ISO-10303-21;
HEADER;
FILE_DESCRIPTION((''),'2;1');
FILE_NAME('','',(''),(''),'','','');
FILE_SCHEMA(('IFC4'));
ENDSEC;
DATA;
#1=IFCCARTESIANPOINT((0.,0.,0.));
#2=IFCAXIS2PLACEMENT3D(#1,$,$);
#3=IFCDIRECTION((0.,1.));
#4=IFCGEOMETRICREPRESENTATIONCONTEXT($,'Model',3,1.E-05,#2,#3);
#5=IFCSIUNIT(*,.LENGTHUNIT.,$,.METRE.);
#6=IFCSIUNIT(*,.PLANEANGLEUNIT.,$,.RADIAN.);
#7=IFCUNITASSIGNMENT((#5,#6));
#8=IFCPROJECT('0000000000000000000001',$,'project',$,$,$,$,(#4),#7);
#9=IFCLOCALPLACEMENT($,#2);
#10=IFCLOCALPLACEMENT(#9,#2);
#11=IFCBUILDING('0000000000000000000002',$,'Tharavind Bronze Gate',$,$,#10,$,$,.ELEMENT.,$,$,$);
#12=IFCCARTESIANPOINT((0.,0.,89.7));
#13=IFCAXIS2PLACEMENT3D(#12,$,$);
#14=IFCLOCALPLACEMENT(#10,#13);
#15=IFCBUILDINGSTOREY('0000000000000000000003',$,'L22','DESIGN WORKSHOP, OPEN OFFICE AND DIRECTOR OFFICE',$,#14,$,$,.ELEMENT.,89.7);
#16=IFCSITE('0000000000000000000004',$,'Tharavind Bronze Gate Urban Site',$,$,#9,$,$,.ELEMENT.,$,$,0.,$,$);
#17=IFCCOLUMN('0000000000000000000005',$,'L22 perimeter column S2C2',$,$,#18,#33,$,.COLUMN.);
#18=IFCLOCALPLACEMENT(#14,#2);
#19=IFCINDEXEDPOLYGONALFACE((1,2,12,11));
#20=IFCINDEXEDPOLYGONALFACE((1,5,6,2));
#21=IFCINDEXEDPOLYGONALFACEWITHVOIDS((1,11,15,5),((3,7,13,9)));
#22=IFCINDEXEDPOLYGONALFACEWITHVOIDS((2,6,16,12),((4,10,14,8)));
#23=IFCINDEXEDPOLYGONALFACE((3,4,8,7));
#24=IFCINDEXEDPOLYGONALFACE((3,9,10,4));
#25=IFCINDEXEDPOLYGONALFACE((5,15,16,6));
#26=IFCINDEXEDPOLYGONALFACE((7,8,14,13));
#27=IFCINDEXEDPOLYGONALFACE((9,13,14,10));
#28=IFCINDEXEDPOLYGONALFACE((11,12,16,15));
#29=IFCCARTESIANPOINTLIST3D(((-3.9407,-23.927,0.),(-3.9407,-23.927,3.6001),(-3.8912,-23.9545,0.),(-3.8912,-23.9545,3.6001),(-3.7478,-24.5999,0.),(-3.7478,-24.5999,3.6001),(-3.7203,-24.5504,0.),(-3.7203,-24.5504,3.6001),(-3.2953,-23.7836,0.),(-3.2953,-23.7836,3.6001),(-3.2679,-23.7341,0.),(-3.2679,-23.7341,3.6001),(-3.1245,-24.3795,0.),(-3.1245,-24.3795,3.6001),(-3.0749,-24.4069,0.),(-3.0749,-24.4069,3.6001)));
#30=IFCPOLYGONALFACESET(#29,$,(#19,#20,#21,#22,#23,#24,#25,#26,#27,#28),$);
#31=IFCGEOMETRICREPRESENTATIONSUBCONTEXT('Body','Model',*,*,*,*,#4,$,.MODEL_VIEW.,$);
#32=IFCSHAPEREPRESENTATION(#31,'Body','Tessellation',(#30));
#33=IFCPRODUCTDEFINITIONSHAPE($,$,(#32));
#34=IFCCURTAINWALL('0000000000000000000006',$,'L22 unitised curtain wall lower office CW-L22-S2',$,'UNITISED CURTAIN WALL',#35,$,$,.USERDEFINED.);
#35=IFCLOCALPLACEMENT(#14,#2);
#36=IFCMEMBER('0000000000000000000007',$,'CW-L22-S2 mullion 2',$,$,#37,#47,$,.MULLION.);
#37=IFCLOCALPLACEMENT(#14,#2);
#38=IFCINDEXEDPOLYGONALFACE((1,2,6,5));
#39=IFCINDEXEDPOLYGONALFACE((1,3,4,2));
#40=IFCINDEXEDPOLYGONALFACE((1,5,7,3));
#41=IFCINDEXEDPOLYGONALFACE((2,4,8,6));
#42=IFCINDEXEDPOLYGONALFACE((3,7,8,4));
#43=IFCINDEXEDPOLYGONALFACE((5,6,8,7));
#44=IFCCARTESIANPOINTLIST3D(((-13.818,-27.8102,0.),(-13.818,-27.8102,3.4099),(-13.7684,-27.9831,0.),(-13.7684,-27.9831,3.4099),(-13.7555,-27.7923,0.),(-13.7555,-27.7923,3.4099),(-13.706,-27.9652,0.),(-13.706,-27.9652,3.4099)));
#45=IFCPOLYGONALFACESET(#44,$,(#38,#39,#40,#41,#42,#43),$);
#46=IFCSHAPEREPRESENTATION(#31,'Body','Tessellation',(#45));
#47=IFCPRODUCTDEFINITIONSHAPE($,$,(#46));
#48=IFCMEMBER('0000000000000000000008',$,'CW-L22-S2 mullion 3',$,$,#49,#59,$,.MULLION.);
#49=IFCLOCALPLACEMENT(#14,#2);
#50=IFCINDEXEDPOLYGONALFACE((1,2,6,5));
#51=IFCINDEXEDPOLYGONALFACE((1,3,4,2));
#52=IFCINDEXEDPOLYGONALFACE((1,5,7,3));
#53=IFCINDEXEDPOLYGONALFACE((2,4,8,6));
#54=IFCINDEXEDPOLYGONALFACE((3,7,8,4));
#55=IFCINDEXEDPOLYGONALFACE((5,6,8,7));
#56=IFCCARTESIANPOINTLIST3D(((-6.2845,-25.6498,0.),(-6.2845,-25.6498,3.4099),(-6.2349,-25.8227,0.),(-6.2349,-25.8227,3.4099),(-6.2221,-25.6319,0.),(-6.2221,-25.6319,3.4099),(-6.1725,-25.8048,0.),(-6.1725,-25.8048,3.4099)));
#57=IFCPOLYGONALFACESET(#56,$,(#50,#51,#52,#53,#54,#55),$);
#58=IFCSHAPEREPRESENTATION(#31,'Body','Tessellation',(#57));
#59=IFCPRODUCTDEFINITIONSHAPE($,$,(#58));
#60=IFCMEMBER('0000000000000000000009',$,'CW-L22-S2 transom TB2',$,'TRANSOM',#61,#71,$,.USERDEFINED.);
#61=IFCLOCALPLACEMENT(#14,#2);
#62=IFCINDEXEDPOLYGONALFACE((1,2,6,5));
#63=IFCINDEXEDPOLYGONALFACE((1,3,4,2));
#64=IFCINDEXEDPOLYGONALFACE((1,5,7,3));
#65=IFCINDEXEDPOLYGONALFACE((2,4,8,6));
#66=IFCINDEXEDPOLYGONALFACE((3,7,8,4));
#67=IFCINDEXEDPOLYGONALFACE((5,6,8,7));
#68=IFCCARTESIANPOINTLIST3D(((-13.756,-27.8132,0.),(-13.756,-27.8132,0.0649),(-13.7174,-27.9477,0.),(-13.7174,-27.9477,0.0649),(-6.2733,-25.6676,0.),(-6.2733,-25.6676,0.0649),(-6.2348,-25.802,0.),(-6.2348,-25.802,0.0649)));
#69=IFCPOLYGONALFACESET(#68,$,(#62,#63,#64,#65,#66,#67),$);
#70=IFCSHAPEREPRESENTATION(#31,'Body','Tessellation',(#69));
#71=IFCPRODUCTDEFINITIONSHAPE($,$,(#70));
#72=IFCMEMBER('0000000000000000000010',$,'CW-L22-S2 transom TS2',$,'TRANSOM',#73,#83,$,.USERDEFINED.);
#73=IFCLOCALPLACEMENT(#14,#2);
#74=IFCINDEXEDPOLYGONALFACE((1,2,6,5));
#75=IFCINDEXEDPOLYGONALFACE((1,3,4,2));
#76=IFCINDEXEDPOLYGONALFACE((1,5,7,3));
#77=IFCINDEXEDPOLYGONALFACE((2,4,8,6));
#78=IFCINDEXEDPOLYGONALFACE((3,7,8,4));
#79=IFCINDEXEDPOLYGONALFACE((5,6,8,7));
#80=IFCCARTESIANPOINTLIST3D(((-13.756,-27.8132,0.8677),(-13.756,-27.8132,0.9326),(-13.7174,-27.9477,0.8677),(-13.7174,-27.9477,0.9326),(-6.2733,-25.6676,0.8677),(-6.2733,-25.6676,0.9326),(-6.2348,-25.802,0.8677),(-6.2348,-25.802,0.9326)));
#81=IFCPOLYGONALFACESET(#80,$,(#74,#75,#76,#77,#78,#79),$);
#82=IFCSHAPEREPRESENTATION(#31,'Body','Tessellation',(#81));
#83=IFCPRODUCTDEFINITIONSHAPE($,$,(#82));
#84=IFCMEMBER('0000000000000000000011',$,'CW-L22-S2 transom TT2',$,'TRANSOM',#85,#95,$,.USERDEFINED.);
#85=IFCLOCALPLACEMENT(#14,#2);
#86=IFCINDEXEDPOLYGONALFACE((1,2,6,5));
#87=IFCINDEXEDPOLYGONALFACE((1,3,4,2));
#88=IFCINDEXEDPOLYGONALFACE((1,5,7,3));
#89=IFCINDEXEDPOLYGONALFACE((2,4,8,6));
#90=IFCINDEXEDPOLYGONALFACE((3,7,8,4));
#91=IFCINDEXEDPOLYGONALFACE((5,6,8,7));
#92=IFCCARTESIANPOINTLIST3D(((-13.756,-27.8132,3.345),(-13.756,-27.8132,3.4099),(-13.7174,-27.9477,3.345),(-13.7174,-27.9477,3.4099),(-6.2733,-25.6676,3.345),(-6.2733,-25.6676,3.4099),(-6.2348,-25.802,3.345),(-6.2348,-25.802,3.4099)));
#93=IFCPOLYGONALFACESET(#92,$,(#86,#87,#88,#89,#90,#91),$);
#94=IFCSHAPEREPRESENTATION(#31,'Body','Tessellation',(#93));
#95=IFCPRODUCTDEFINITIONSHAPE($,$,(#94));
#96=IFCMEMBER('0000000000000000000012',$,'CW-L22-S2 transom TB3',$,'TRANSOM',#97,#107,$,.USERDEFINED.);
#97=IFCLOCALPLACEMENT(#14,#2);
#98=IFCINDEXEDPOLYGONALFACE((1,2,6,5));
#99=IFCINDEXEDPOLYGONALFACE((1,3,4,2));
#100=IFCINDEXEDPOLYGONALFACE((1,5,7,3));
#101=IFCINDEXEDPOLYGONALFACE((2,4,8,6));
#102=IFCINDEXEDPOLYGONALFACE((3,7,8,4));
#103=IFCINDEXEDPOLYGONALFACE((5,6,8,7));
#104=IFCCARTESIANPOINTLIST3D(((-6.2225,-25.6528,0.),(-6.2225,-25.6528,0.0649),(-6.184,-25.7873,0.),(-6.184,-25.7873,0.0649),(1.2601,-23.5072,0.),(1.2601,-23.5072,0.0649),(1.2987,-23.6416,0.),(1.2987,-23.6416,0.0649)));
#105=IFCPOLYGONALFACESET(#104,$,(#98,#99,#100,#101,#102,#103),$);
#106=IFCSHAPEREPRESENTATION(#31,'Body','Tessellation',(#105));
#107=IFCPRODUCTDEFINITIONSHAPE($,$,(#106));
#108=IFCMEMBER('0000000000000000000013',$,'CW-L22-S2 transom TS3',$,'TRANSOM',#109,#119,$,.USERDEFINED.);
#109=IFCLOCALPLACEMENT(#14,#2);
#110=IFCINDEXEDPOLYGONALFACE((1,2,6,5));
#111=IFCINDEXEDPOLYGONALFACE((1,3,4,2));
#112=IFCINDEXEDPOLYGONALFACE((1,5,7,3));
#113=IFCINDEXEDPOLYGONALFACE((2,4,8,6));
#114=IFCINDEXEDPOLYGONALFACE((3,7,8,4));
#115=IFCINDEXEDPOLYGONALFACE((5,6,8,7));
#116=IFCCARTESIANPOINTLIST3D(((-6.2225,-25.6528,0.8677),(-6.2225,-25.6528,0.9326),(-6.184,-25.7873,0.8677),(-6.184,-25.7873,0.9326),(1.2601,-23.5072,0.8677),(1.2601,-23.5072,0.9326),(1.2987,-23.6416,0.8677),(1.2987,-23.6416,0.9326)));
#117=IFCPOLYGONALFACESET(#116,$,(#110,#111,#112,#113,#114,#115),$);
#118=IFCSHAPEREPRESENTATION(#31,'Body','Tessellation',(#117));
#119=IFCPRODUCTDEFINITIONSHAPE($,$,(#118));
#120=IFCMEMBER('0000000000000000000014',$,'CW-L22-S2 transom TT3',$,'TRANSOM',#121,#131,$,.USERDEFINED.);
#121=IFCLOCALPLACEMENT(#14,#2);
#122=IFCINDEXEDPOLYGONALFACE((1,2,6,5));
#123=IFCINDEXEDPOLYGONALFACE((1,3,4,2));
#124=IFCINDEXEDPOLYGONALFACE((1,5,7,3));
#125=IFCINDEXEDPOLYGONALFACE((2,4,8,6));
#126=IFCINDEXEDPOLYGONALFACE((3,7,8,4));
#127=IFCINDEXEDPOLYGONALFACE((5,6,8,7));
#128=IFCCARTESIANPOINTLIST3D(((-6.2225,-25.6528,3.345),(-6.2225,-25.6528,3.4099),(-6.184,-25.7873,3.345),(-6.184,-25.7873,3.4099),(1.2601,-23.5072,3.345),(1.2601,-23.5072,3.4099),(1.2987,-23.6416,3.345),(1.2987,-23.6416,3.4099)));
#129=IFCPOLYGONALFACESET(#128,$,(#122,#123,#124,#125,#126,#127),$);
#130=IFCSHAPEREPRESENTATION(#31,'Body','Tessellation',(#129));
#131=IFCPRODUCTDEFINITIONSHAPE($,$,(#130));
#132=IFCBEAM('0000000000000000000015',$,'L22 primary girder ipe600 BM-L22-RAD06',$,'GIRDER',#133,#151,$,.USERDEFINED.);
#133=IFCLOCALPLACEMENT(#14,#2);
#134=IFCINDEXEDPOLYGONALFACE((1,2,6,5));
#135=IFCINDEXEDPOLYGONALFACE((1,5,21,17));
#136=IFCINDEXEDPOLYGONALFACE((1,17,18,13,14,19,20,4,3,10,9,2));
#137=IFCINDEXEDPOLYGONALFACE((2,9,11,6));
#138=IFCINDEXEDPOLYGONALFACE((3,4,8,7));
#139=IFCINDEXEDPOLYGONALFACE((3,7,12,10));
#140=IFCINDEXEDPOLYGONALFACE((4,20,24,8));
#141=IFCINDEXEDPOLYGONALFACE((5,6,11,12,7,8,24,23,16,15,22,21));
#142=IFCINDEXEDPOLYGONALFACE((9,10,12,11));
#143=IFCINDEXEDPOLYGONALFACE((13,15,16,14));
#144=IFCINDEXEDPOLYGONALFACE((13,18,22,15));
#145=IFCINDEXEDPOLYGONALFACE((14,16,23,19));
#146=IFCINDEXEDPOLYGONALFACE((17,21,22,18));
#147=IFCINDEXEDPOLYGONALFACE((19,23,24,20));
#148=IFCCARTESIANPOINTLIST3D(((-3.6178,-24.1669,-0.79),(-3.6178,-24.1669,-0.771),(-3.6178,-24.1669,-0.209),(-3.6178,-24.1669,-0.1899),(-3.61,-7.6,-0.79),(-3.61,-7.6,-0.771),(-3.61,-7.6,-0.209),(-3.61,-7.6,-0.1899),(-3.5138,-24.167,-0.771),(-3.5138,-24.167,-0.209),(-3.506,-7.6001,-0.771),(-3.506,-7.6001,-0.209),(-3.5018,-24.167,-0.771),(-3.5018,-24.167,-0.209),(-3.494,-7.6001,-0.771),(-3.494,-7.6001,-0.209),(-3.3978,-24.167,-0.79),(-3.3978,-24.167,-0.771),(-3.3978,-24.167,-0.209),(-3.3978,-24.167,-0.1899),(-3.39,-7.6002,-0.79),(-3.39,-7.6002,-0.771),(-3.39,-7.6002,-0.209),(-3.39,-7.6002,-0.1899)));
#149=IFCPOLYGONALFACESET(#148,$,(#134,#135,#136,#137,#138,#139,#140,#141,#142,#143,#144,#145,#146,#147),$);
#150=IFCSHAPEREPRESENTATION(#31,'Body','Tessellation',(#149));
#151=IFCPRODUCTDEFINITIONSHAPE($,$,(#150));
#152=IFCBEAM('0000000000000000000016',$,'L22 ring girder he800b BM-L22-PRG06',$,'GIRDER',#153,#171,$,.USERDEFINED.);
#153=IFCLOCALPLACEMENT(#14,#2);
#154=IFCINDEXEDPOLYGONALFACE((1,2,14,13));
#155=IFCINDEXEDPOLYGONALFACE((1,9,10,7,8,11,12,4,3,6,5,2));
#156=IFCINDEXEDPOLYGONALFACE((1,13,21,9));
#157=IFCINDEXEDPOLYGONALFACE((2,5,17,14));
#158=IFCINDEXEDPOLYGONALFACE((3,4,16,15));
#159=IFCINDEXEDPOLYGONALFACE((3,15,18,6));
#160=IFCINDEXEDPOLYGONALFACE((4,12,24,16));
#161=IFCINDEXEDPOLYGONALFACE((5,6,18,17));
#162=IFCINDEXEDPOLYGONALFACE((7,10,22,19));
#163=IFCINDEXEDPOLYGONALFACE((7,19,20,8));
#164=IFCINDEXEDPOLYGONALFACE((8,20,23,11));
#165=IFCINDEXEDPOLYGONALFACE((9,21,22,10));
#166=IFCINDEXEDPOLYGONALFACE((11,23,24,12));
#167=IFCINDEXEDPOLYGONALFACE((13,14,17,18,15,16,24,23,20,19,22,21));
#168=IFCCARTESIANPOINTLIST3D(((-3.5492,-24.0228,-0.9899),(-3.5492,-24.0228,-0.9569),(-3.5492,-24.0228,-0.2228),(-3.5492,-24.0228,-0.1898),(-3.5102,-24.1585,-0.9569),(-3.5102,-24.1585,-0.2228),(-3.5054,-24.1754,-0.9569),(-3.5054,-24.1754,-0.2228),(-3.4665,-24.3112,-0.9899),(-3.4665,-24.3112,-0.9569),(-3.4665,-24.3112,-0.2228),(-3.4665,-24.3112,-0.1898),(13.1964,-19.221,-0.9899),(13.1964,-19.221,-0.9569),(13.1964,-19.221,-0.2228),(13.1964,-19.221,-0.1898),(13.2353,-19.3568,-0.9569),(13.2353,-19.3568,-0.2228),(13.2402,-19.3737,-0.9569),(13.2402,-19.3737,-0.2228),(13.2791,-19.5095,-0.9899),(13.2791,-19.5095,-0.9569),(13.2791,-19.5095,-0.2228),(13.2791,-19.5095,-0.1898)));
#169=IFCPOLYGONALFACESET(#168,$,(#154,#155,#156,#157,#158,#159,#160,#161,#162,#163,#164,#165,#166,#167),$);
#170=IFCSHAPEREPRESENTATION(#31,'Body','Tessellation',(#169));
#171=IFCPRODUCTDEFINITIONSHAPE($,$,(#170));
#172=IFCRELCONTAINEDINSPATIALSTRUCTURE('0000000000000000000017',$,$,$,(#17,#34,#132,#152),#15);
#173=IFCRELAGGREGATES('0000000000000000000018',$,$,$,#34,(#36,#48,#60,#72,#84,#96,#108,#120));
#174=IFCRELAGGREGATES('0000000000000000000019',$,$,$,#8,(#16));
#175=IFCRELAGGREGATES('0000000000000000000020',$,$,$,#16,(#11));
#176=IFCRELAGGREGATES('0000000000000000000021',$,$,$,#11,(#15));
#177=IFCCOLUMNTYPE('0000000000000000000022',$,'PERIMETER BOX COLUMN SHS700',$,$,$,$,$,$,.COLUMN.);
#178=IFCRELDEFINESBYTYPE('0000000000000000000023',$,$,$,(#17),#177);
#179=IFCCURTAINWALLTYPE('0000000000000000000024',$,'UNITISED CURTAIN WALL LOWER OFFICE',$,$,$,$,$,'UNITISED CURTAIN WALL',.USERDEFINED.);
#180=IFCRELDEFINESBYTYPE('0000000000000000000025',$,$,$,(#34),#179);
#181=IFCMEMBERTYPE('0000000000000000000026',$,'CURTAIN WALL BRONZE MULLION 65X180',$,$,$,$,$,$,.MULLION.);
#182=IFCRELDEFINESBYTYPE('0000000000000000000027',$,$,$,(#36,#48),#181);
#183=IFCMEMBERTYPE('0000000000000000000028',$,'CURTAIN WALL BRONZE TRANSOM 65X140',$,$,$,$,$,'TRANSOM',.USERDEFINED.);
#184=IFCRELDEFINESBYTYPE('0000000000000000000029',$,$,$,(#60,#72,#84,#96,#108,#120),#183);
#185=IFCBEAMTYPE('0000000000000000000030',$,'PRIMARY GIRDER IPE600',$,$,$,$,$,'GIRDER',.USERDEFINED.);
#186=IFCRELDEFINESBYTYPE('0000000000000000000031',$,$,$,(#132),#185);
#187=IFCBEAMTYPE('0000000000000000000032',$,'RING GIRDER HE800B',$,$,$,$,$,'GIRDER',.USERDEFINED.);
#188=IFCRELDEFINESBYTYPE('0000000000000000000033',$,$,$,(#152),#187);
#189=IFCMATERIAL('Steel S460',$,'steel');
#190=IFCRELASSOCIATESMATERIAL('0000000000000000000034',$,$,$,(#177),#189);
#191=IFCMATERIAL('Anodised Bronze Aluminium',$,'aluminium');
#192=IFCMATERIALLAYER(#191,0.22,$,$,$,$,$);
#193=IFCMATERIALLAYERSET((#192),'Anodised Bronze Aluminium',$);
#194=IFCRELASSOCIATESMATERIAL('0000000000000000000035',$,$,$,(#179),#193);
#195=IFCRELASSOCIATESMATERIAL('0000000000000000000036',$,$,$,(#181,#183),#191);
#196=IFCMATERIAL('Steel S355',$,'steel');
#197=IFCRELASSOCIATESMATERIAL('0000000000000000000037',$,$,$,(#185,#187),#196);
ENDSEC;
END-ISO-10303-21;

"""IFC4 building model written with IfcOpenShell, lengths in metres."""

from ifc_helpers import new_model, si_unit, direction, frame, origin, origin_2d, place, context, subcontext, project, spatial, rectangle, hollow_rectangle, i_section, extrude, material, layer, layer_set, material_profile, profile_set, type_object, element, aggregate, save


model = new_model("IFC4")

# Units and contexts
model_context = context("Model", 3, precision=1e-05, world=origin(), true_north=direction((0.0, 1.0)))
body_context = subcontext(model_context, "Body", "Model", "MODEL_VIEW")
ifc_project = project(units=[si_unit("LENGTHUNIT", "METRE"), si_unit("PLANEANGLEUNIT", "RADIAN")], contexts=[model_context])

# Site, building, storey
site_placement = place(None, origin())
site = spatial("IfcSite", under=ifc_project, at=site_placement, Name="Tharavind Bronze Gate Urban Site", CompositionType="ELEMENT", RefElevation=0.0)
building_placement = place(site_placement, origin())
building = spatial("IfcBuilding", under=site, at=building_placement, Name="Tharavind Bronze Gate", CompositionType="ELEMENT")
storey_placement = place(building_placement, frame((0.0, 0.0, 89.7)))
storey = spatial("IfcBuildingStorey", under=building, at=storey_placement, Name="L22", Description="DESIGN WORKSHOP, OPEN OFFICE AND DIRECTOR OFFICE", CompositionType="ELEMENT", Elevation=89.7)

# Column
ifc_material_1 = material(Name="Steel S460", Category="steel")
ifc_material_profile_1 = material_profile(ifc_material_1, hollow_rectangle(XDim=0.7, YDim=0.7, WallThickness=0.04, at=origin_2d()), Name="SHS700X40")
ifc_profile_set_1 = profile_set([ifc_material_profile_1], Name="Steel S460")
column_type = type_object("IfcColumnType", Name="PERIMETER BOX COLUMN SHS700", PredefinedType="COLUMN", material=ifc_profile_set_1)
column_placement = place(storey_placement, frame((-3.5078, -24.167, 0.0), z_axis=(0.0, 0.0, 1.0), x_axis=(0.961262, 0.275637, 0.0)))
element("IfcColumn", 1, at=column_placement, inside=storey, type_object=column_type, Name="L22 perimeter column S2C2", PredefinedType="COLUMN", context=body_context, shape_type="SweptSolid", body=[
    extrude(hollow_rectangle(XDim=0.7, YDim=0.7, WallThickness=0.04, at=origin_2d()), origin(), (0.0, 0.0, 1.0), 3.6001),
])

# Curtain wall, members
ifc_material_2 = material(Name="Anodised Bronze Aluminium", Category="aluminium")
ifc_layer_1 = layer(ifc_material_2, 0.22)
ifc_layer_set_1 = layer_set([ifc_layer_1], Name="Anodised Bronze Aluminium")
curtain_wall_type = type_object("IfcCurtainWallType", Name="UNITISED CURTAIN WALL LOWER OFFICE", ElementType="UNITISED CURTAIN WALL", PredefinedType="USERDEFINED", material=ifc_layer_set_1)
curtain_wall_placement = place(storey_placement, origin())
curtain_wall = element("IfcCurtainWall", 2, at=curtain_wall_placement, inside=storey, type_object=curtain_wall_type, Name="L22 unitised curtain wall lower office CW-L22-S2", ObjectType="UNITISED CURTAIN WALL", PredefinedType="USERDEFINED")
member_type_1 = type_object("IfcMemberType", Name="CURTAIN WALL BRONZE MULLION 65X180", PredefinedType="MULLION", material=ifc_material_2)
member_1_placement = place(storey_placement, frame((-13.762, -27.8877, 0.0), z_axis=(0.0, 0.0, 1.0), x_axis=(0.961262, 0.275637, 0.0)))
member_1 = element("IfcMember", 3, at=member_1_placement, type_object=member_type_1, Name="CW-L22-S2 mullion 2", PredefinedType="MULLION", context=body_context, shape_type="SweptSolid", body=[
    extrude(rectangle(XDim=0.0649, YDim=0.1799, at=origin_2d()), origin(), (0.0, 0.0, 1.0), 3.4099),
])
member_2_placement = place(storey_placement, frame((-6.2285, -25.7273, 0.0), z_axis=(0.0, 0.0, 1.0), x_axis=(0.961262, 0.275637, 0.0)))
member_2 = element("IfcMember", 4, at=member_2_placement, type_object=member_type_1, Name="CW-L22-S2 mullion 3", PredefinedType="MULLION", context=body_context, shape_type="SweptSolid", body=[
    extrude(rectangle(XDim=0.0649, YDim=0.1799, at=origin_2d()), origin(), (0.0, 0.0, 1.0), 3.4099),
])
member_type_2 = type_object("IfcMemberType", Name="CURTAIN WALL BRONZE TRANSOM 65X140", ElementType="TRANSOM", PredefinedType="USERDEFINED", material=ifc_material_2)
member_3_placement = place(storey_placement, frame((-9.9954, -26.8076, 0.0), z_axis=(0.0, 0.0, 1.0), x_axis=(0.961262, 0.275637, 0.0)))
member_3 = element("IfcMember", 5, at=member_3_placement, type_object=member_type_2, Name="CW-L22-S2 transom TB2", ObjectType="TRANSOM", PredefinedType="USERDEFINED", context=body_context, shape_type="SweptSolid", body=[
    extrude(rectangle(XDim=7.7842, YDim=0.1399, at=origin_2d()), origin(), (0.0, 0.0, 1.0), 0.0649),
])
member_4_placement = place(storey_placement, frame((-9.9954, -26.8076, 0.8677), z_axis=(0.0, 0.0, 1.0), x_axis=(0.961262, 0.275637, 0.0)))
member_4 = element("IfcMember", 6, at=member_4_placement, type_object=member_type_2, Name="CW-L22-S2 transom TS2", ObjectType="TRANSOM", PredefinedType="USERDEFINED", context=body_context, shape_type="SweptSolid", body=[
    extrude(rectangle(XDim=7.7842, YDim=0.1399, at=origin_2d()), origin(), (0.0, 0.0, 1.0), 0.0649),
])
member_5_placement = place(storey_placement, frame((-9.9954, -26.8076, 3.345), z_axis=(0.0, 0.0, 1.0), x_axis=(0.961262, 0.275637, 0.0)))
member_5 = element("IfcMember", 7, at=member_5_placement, type_object=member_type_2, Name="CW-L22-S2 transom TT2", ObjectType="TRANSOM", PredefinedType="USERDEFINED", context=body_context, shape_type="SweptSolid", body=[
    extrude(rectangle(XDim=7.7842, YDim=0.1399, at=origin_2d()), origin(), (0.0, 0.0, 1.0), 0.0649),
])
member_6_placement = place(storey_placement, frame((-2.4619, -24.6472, 0.0), z_axis=(0.0, 0.0, 1.0), x_axis=(0.961262, 0.275637, 0.0)))
member_6 = element("IfcMember", 8, at=member_6_placement, type_object=member_type_2, Name="CW-L22-S2 transom TB3", ObjectType="TRANSOM", PredefinedType="USERDEFINED", context=body_context, shape_type="SweptSolid", body=[
    extrude(rectangle(XDim=7.7842, YDim=0.1399, at=origin_2d()), origin(), (0.0, 0.0, 1.0), 0.0649),
])
member_7_placement = place(storey_placement, frame((-2.4619, -24.6472, 0.8677), z_axis=(0.0, 0.0, 1.0), x_axis=(0.961262, 0.275637, 0.0)))
member_7 = element("IfcMember", 9, at=member_7_placement, type_object=member_type_2, Name="CW-L22-S2 transom TS3", ObjectType="TRANSOM", PredefinedType="USERDEFINED", context=body_context, shape_type="SweptSolid", body=[
    extrude(rectangle(XDim=7.7842, YDim=0.1399, at=origin_2d()), origin(), (0.0, 0.0, 1.0), 0.0649),
])
member_8_placement = place(storey_placement, frame((-2.4619, -24.6472, 3.345), z_axis=(0.0, 0.0, 1.0), x_axis=(0.961262, 0.275637, 0.0)))
member_8 = element("IfcMember", 10, at=member_8_placement, type_object=member_type_2, Name="CW-L22-S2 transom TT3", ObjectType="TRANSOM", PredefinedType="USERDEFINED", context=body_context, shape_type="SweptSolid", body=[
    extrude(rectangle(XDim=7.7842, YDim=0.1399, at=origin_2d()), origin(), (0.0, 0.0, 1.0), 0.0649),
])

# Beams
ifc_material_3 = material(Name="Steel S355", Category="steel")
ifc_material_profile_2 = material_profile(ifc_material_3, i_section(OverallWidth=0.22, OverallDepth=0.6001, WebThickness=0.012, FlangeThickness=0.019, at=origin_2d()), Name="IPE600")
ifc_profile_set_2 = profile_set([ifc_material_profile_2], Name="Steel S355")
beam_type_1 = type_object("IfcBeamType", Name="PRIMARY GIRDER IPE600", ElementType="GIRDER", PredefinedType="USERDEFINED", material=ifc_profile_set_2)
beam_1_placement = place(storey_placement, frame((-3.5078, -24.167, -0.49), z_axis=(0.000472, 1.0, 0.0), x_axis=(-1.0, 0.000472, 0.0)))
element("IfcBeam", 11, at=beam_1_placement, inside=storey, type_object=beam_type_1, Name="L22 primary girder ipe600 BM-L22-RAD06", ObjectType="GIRDER", PredefinedType="USERDEFINED", context=body_context, shape_type="SweptSolid", body=[
    extrude(i_section(OverallWidth=0.22, OverallDepth=0.6001, WebThickness=0.012, FlangeThickness=0.019, at=origin_2d()), origin(), (0.0, 0.0, 1.0), 16.5669),
])
ifc_material_profile_3 = material_profile(ifc_material_3, i_section(OverallWidth=0.3, OverallDepth=0.8, WebThickness=0.0176, FlangeThickness=0.033, at=origin_2d()), Name="HE800B")
ifc_profile_set_3 = profile_set([ifc_material_profile_3], Name="Steel S355")
beam_type_2 = type_object("IfcBeamType", Name="RING GIRDER HE800B", ElementType="GIRDER", PredefinedType="USERDEFINED", material=ifc_profile_set_3)
beam_2_placement = place(storey_placement, frame((-3.5078, -24.167, -0.5898), z_axis=(0.961261, 0.275639, 0.0), x_axis=(-0.275639, 0.961261, 0.0)))
element("IfcBeam", 12, at=beam_2_placement, inside=storey, type_object=beam_type_2, Name="L22 ring girder he800b BM-L22-PRG06", ObjectType="GIRDER", PredefinedType="USERDEFINED", context=body_context, shape_type="SweptSolid", body=[
    extrude(i_section(OverallWidth=0.3, OverallDepth=0.8, WebThickness=0.0176, FlangeThickness=0.033, at=origin_2d()), origin(), (0.0, 0.0, 1.0), 17.4204),
])

aggregate(curtain_wall, [member_1, member_2, member_3, member_4, member_5, member_6, member_7, member_8])

save(model, "model.ifc")
